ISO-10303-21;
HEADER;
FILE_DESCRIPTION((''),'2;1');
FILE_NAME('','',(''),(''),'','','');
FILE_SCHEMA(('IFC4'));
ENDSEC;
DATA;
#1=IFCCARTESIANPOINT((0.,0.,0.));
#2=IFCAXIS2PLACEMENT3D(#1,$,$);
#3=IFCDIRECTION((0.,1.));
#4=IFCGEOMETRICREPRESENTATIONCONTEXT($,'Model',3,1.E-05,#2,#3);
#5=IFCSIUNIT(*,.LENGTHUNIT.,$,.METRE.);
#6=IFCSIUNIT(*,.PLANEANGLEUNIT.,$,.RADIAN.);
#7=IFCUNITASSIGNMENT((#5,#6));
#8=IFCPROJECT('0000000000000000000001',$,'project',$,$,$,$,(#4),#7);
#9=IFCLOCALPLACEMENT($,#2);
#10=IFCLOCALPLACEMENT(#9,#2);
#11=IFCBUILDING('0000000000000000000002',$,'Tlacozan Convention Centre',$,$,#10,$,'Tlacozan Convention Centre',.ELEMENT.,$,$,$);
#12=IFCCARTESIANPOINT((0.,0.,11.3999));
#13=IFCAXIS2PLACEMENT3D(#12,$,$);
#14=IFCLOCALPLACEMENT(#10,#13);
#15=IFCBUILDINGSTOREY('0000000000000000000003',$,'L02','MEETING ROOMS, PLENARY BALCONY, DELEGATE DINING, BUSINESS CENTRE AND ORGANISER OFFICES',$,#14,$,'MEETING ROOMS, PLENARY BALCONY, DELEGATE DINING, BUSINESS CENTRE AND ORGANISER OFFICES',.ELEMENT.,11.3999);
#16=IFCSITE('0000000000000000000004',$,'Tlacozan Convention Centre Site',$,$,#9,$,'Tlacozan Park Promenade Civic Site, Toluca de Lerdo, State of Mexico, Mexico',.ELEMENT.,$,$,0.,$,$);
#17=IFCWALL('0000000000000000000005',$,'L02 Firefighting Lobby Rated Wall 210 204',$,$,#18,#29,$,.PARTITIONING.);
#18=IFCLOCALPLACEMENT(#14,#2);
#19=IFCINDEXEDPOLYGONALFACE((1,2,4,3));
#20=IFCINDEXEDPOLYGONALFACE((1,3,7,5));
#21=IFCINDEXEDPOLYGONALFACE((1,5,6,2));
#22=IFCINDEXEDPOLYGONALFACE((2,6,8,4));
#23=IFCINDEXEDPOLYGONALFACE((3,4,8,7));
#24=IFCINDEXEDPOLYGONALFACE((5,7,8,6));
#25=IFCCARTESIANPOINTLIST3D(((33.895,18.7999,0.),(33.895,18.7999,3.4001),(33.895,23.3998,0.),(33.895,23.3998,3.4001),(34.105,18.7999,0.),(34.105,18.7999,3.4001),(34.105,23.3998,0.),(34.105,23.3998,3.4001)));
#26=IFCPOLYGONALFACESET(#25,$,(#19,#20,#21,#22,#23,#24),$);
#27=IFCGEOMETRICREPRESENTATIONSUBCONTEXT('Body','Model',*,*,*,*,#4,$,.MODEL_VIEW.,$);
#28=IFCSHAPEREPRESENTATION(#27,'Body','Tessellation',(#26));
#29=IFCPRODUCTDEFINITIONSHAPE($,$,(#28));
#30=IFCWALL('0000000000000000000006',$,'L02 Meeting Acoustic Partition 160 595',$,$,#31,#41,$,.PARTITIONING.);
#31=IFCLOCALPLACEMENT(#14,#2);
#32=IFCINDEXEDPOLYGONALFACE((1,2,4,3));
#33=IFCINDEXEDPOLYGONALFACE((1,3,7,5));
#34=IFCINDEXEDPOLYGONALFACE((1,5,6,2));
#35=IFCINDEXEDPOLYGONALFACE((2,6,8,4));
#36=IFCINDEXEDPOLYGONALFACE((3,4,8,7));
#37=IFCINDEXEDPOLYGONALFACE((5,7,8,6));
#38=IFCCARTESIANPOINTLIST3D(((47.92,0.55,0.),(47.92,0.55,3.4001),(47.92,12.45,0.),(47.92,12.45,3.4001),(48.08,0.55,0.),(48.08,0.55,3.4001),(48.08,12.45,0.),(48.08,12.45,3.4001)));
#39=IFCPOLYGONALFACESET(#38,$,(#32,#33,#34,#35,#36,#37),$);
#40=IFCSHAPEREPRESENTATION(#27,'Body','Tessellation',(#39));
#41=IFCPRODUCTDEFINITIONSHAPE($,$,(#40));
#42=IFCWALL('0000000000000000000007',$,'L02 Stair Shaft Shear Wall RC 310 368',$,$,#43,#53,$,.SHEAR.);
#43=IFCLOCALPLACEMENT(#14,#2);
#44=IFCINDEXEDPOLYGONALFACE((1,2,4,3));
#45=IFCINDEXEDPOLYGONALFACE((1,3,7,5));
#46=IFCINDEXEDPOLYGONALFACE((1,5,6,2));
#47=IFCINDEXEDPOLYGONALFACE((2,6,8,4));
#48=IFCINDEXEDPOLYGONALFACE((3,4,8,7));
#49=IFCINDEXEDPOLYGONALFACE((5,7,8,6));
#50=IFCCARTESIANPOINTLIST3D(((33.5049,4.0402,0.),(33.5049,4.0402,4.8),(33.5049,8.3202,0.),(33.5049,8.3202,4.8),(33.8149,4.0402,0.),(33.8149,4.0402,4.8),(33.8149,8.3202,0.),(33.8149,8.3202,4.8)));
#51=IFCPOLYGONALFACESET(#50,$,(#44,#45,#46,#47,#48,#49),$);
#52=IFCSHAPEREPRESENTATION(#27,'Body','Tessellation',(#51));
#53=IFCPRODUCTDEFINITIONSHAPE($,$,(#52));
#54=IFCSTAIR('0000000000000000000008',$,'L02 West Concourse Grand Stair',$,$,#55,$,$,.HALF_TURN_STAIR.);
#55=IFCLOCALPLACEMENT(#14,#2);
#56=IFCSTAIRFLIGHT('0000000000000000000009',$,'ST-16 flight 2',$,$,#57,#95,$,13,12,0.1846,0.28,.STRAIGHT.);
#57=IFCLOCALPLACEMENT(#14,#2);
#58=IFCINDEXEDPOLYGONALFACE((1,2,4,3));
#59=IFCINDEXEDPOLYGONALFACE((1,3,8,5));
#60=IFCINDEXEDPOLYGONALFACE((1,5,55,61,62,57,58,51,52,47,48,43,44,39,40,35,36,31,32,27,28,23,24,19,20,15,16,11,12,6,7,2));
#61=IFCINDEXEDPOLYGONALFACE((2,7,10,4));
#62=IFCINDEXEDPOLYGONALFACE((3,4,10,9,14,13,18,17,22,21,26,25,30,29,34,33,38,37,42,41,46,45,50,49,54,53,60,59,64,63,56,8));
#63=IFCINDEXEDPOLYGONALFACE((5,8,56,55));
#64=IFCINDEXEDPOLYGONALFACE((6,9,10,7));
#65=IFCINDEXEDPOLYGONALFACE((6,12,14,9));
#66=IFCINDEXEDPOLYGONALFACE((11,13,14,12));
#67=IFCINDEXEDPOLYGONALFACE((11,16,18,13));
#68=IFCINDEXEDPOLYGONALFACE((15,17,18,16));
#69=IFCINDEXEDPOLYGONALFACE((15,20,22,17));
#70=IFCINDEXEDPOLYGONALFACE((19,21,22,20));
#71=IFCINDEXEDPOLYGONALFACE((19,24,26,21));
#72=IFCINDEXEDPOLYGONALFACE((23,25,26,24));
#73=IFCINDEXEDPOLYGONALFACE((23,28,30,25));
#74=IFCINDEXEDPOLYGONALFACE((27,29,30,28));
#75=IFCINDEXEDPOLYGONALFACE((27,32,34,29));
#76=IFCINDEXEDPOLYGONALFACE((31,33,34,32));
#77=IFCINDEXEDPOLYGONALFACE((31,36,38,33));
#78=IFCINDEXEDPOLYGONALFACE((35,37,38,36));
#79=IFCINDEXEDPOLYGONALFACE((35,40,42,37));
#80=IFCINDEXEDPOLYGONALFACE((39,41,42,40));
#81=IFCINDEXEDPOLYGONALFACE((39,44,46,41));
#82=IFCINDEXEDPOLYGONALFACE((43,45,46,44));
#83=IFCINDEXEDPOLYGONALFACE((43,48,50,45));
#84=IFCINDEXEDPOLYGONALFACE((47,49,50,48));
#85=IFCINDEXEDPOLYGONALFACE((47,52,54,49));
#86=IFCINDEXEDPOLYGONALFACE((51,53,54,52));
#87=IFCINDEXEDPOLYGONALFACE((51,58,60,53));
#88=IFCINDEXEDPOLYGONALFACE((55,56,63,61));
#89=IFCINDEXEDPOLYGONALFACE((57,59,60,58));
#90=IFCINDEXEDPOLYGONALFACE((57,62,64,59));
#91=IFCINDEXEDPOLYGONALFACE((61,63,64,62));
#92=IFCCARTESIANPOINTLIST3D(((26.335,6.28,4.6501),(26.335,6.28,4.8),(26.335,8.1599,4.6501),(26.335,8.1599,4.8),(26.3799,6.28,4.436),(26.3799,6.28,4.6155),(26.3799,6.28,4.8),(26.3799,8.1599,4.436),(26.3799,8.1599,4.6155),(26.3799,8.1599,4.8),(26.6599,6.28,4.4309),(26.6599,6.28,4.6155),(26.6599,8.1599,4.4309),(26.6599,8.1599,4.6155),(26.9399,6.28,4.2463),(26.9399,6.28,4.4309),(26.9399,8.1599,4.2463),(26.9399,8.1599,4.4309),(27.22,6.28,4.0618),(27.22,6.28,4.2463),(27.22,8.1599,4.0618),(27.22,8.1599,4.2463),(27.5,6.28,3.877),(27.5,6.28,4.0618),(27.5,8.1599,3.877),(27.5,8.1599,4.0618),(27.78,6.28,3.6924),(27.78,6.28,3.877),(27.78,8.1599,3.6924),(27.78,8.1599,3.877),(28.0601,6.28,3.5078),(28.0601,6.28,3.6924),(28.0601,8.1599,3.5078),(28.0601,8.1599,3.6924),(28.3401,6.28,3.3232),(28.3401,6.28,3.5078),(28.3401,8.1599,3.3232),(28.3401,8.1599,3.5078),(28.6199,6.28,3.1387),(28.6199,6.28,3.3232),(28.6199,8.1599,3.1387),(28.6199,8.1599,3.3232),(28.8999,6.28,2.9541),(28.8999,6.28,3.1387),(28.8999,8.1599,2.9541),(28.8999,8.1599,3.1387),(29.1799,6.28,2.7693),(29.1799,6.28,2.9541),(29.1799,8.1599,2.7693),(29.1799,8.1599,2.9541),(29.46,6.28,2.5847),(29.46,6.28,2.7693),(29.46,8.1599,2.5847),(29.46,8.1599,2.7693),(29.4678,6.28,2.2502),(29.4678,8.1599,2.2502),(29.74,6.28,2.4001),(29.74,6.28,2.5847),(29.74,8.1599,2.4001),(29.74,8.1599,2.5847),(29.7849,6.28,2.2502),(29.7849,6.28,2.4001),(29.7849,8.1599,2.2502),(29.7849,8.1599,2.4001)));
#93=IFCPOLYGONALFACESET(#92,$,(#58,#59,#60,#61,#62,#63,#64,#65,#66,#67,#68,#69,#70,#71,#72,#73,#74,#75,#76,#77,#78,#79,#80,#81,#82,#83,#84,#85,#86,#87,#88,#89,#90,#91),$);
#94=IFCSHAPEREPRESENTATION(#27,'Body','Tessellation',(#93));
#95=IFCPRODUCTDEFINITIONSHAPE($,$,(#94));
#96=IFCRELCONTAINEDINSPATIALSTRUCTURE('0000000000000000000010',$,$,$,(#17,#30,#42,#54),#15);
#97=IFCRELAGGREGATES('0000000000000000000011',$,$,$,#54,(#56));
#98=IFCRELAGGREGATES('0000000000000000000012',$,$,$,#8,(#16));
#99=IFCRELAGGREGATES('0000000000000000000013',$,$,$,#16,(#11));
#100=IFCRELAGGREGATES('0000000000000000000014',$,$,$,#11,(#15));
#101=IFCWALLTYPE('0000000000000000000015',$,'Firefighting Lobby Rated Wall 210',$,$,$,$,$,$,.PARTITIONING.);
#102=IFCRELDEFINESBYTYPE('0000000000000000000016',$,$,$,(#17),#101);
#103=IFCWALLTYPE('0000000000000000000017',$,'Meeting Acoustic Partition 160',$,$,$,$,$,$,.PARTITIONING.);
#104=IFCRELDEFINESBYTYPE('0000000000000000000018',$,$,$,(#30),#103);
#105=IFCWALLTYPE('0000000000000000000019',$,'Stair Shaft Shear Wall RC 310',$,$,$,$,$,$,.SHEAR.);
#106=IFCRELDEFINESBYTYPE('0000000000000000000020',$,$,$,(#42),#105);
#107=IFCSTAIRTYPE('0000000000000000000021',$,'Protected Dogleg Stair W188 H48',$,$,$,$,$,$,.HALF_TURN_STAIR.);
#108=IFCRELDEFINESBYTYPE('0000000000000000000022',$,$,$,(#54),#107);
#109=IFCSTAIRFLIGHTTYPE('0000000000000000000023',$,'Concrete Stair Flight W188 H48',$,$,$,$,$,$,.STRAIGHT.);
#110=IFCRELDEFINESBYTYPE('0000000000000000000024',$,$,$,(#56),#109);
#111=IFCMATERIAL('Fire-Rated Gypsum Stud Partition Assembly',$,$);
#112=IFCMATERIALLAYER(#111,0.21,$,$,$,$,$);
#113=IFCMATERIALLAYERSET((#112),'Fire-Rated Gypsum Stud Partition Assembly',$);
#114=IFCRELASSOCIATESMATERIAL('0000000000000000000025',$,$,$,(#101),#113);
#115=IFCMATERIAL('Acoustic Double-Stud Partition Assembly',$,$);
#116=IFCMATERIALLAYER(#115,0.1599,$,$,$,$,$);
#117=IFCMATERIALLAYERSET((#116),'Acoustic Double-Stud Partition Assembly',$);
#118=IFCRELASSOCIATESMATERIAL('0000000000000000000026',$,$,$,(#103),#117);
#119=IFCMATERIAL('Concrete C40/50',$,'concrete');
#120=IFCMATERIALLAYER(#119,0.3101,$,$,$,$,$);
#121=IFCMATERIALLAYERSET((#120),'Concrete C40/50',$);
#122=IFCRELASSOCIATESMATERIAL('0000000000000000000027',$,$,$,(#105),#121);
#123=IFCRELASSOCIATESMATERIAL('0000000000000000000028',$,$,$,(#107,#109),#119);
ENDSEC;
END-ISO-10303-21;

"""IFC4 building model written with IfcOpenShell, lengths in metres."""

from ifc_helpers import new_model, si_unit, direction, frame, frame_2d, origin, place, context, subcontext, project, spatial, polyline, rectangle, outline, extrude, material, layer, layer_set, type_object, element, aggregate, save


model = new_model("IFC4")

# Units and contexts
model_context = context("Model", 3, precision=1e-05, world=origin(), true_north=direction((0.0, 1.0)))
body_context = subcontext(model_context, "Body", "Model", "MODEL_VIEW")
ifc_project = project(units=[si_unit("LENGTHUNIT", "METRE"), si_unit("PLANEANGLEUNIT", "RADIAN")], contexts=[model_context])

# Site, building, storey
site_placement = place(None, origin())
site = spatial("IfcSite", under=ifc_project, at=site_placement, Name="Tlacozan Convention Centre Site", LongName="Tlacozan Park Promenade Civic Site, Toluca de Lerdo, State of Mexico, Mexico", CompositionType="ELEMENT", RefElevation=0.0)
building_placement = place(site_placement, origin())
building = spatial("IfcBuilding", under=site, at=building_placement, Name="Tlacozan Convention Centre", LongName="Tlacozan Convention Centre", CompositionType="ELEMENT")
storey_placement = place(building_placement, frame((0.0, 0.0, 11.3999)))
storey = spatial("IfcBuildingStorey", under=building, at=storey_placement, Name="L02", Description="MEETING ROOMS, PLENARY BALCONY, DELEGATE DINING, BUSINESS CENTRE AND ORGANISER OFFICES", LongName="MEETING ROOMS, PLENARY BALCONY, DELEGATE DINING, BUSINESS CENTRE AND ORGANISER OFFICES", CompositionType="ELEMENT", Elevation=11.3999)

# Shared definitions
ifc_material_1 = material(Name="Concrete C40/50", Category="concrete")

# Shared definitions
ifc_material_2 = material(Name="Fire-Rated Gypsum Stud Partition Assembly")
ifc_layer_1 = layer(ifc_material_2, 0.21)
ifc_layer_set_1 = layer_set([ifc_layer_1], Name="Fire-Rated Gypsum Stud Partition Assembly")
wall_type_1 = type_object("IfcWallType", Name="Firefighting Lobby Rated Wall 210", PredefinedType="PARTITIONING", material=ifc_layer_set_1)

# Walls
wall_1_placement = place(storey_placement, frame((34.0, 18.8, 0.0), z_axis=(0.0, 0.0, 1.0), x_axis=(0.0, 1.0, 0.0)))
element("IfcWall", 1, at=wall_1_placement, inside=storey, type_object=wall_type_1, Name="L02 Firefighting Lobby Rated Wall 210 204", PredefinedType="PARTITIONING", context=body_context, shape_type="SweptSolid", body=[
    extrude(rectangle(XDim=4.5999, YDim=0.21, at=frame_2d((2.2998, 0.0))), origin(), (0.0, 0.0, 1.0), 3.4001),
])
ifc_material_3 = material(Name="Acoustic Double-Stud Partition Assembly")
ifc_layer_2 = layer(ifc_material_3, 0.1599)
ifc_layer_set_2 = layer_set([ifc_layer_2], Name="Acoustic Double-Stud Partition Assembly")
wall_type_2 = type_object("IfcWallType", Name="Meeting Acoustic Partition 160", PredefinedType="PARTITIONING", material=ifc_layer_set_2)
wall_2_placement = place(storey_placement, frame((48.0, 0.55, 0.0), z_axis=(0.0, 0.0, 1.0), x_axis=(0.0, 1.0, 0.0)))
element("IfcWall", 2, at=wall_2_placement, inside=storey, type_object=wall_type_2, Name="L02 Meeting Acoustic Partition 160 595", PredefinedType="PARTITIONING", context=body_context, shape_type="SweptSolid", body=[
    extrude(rectangle(XDim=11.8999, YDim=0.1599, at=frame_2d((5.95, 0.0))), origin(), (0.0, 0.0, 1.0), 3.4001),
])
ifc_layer_3 = layer(ifc_material_1, 0.3101)
ifc_layer_set_3 = layer_set([ifc_layer_3], Name="Concrete C40/50")
wall_type_3 = type_object("IfcWallType", Name="Stair Shaft Shear Wall RC 310", PredefinedType="SHEAR", material=ifc_layer_set_3)
wall_3_placement = place(storey_placement, frame((33.6599, 4.04, 0.0), z_axis=(0.0, 0.0, 1.0), x_axis=(0.0, 1.0, 0.0)))
element("IfcWall", 3, at=wall_3_placement, inside=storey, type_object=wall_type_3, Name="L02 Stair Shaft Shear Wall RC 310 368", PredefinedType="SHEAR", context=body_context, shape_type="SweptSolid", body=[
    extrude(rectangle(XDim=4.28, YDim=0.3101, at=frame_2d((2.1401, 0.0))), origin(), (0.0, 0.0, 1.0), 4.8),
])

# Stair, stair flight
stair_type = type_object("IfcStairType", Name="Protected Dogleg Stair W188 H48", PredefinedType="HALF_TURN_STAIR", material=ifc_material_1)
stair_placement = place(storey_placement, origin())
stair = element("IfcStair", 4, at=stair_placement, inside=storey, type_object=stair_type, Name="L02 West Concourse Grand Stair", PredefinedType="HALF_TURN_STAIR")
stair_flight_type = type_object("IfcStairFlightType", Name="Concrete Stair Flight W188 H48", PredefinedType="STRAIGHT", material=ifc_material_1)
stair_flight_placement = place(storey_placement, frame((29.74, 7.22, 2.4001), z_axis=(0.0, 0.0, 1.0), x_axis=(-1.0, 0.0, 0.0)))
stair_flight = element("IfcStairFlight", 5, at=stair_flight_placement, type_object=stair_flight_type, Name="ST-16 flight 2", NumberOfRisers=13, NumberOfTreads=12, PredefinedType="STRAIGHT", RiserHeight=0.1846, TreadLength=0.28, context=body_context, shape_type="SweptSolid", body=[
    extrude(outline(polyline([(-0.0449, -0.1499), (-0.0449, 0.0), (0.0, 0.0), (0.0, 0.1846), (0.28, 0.1846), (0.28, 0.3691), (0.5601, 0.3691), (0.5601, 0.554), (0.8401, 0.554), (0.8401, 0.7385), (1.1201, 0.7385), (1.1201, 0.9231), (1.3999, 0.9231), (1.3999, 1.1077), (1.6799, 1.1077), (1.6799, 1.2922), (1.96, 1.2922), (1.96, 1.4768), (2.24, 1.4768), (2.24, 1.6616), (2.52, 1.6616), (2.52, 1.8462), (2.8, 1.8462), (2.8, 2.0308), (3.0801, 2.0308), (3.0801, 2.2153), (3.3601, 2.2153), (3.3601, 2.3999), (3.405, 2.3999), (3.405, 2.25), (3.3601, 2.0359), (0.2722, -0.1499), (-0.0449, -0.1499)])), frame((0.0, 0.9399, 0.0), z_axis=(0.0, -1.0, 0.0), x_axis=(1.0, 0.0, 0.0)), (0.0, 0.0, 1.0), 1.8799),
])
aggregate(stair, [stair_flight])

save(model, "model.ifc")
